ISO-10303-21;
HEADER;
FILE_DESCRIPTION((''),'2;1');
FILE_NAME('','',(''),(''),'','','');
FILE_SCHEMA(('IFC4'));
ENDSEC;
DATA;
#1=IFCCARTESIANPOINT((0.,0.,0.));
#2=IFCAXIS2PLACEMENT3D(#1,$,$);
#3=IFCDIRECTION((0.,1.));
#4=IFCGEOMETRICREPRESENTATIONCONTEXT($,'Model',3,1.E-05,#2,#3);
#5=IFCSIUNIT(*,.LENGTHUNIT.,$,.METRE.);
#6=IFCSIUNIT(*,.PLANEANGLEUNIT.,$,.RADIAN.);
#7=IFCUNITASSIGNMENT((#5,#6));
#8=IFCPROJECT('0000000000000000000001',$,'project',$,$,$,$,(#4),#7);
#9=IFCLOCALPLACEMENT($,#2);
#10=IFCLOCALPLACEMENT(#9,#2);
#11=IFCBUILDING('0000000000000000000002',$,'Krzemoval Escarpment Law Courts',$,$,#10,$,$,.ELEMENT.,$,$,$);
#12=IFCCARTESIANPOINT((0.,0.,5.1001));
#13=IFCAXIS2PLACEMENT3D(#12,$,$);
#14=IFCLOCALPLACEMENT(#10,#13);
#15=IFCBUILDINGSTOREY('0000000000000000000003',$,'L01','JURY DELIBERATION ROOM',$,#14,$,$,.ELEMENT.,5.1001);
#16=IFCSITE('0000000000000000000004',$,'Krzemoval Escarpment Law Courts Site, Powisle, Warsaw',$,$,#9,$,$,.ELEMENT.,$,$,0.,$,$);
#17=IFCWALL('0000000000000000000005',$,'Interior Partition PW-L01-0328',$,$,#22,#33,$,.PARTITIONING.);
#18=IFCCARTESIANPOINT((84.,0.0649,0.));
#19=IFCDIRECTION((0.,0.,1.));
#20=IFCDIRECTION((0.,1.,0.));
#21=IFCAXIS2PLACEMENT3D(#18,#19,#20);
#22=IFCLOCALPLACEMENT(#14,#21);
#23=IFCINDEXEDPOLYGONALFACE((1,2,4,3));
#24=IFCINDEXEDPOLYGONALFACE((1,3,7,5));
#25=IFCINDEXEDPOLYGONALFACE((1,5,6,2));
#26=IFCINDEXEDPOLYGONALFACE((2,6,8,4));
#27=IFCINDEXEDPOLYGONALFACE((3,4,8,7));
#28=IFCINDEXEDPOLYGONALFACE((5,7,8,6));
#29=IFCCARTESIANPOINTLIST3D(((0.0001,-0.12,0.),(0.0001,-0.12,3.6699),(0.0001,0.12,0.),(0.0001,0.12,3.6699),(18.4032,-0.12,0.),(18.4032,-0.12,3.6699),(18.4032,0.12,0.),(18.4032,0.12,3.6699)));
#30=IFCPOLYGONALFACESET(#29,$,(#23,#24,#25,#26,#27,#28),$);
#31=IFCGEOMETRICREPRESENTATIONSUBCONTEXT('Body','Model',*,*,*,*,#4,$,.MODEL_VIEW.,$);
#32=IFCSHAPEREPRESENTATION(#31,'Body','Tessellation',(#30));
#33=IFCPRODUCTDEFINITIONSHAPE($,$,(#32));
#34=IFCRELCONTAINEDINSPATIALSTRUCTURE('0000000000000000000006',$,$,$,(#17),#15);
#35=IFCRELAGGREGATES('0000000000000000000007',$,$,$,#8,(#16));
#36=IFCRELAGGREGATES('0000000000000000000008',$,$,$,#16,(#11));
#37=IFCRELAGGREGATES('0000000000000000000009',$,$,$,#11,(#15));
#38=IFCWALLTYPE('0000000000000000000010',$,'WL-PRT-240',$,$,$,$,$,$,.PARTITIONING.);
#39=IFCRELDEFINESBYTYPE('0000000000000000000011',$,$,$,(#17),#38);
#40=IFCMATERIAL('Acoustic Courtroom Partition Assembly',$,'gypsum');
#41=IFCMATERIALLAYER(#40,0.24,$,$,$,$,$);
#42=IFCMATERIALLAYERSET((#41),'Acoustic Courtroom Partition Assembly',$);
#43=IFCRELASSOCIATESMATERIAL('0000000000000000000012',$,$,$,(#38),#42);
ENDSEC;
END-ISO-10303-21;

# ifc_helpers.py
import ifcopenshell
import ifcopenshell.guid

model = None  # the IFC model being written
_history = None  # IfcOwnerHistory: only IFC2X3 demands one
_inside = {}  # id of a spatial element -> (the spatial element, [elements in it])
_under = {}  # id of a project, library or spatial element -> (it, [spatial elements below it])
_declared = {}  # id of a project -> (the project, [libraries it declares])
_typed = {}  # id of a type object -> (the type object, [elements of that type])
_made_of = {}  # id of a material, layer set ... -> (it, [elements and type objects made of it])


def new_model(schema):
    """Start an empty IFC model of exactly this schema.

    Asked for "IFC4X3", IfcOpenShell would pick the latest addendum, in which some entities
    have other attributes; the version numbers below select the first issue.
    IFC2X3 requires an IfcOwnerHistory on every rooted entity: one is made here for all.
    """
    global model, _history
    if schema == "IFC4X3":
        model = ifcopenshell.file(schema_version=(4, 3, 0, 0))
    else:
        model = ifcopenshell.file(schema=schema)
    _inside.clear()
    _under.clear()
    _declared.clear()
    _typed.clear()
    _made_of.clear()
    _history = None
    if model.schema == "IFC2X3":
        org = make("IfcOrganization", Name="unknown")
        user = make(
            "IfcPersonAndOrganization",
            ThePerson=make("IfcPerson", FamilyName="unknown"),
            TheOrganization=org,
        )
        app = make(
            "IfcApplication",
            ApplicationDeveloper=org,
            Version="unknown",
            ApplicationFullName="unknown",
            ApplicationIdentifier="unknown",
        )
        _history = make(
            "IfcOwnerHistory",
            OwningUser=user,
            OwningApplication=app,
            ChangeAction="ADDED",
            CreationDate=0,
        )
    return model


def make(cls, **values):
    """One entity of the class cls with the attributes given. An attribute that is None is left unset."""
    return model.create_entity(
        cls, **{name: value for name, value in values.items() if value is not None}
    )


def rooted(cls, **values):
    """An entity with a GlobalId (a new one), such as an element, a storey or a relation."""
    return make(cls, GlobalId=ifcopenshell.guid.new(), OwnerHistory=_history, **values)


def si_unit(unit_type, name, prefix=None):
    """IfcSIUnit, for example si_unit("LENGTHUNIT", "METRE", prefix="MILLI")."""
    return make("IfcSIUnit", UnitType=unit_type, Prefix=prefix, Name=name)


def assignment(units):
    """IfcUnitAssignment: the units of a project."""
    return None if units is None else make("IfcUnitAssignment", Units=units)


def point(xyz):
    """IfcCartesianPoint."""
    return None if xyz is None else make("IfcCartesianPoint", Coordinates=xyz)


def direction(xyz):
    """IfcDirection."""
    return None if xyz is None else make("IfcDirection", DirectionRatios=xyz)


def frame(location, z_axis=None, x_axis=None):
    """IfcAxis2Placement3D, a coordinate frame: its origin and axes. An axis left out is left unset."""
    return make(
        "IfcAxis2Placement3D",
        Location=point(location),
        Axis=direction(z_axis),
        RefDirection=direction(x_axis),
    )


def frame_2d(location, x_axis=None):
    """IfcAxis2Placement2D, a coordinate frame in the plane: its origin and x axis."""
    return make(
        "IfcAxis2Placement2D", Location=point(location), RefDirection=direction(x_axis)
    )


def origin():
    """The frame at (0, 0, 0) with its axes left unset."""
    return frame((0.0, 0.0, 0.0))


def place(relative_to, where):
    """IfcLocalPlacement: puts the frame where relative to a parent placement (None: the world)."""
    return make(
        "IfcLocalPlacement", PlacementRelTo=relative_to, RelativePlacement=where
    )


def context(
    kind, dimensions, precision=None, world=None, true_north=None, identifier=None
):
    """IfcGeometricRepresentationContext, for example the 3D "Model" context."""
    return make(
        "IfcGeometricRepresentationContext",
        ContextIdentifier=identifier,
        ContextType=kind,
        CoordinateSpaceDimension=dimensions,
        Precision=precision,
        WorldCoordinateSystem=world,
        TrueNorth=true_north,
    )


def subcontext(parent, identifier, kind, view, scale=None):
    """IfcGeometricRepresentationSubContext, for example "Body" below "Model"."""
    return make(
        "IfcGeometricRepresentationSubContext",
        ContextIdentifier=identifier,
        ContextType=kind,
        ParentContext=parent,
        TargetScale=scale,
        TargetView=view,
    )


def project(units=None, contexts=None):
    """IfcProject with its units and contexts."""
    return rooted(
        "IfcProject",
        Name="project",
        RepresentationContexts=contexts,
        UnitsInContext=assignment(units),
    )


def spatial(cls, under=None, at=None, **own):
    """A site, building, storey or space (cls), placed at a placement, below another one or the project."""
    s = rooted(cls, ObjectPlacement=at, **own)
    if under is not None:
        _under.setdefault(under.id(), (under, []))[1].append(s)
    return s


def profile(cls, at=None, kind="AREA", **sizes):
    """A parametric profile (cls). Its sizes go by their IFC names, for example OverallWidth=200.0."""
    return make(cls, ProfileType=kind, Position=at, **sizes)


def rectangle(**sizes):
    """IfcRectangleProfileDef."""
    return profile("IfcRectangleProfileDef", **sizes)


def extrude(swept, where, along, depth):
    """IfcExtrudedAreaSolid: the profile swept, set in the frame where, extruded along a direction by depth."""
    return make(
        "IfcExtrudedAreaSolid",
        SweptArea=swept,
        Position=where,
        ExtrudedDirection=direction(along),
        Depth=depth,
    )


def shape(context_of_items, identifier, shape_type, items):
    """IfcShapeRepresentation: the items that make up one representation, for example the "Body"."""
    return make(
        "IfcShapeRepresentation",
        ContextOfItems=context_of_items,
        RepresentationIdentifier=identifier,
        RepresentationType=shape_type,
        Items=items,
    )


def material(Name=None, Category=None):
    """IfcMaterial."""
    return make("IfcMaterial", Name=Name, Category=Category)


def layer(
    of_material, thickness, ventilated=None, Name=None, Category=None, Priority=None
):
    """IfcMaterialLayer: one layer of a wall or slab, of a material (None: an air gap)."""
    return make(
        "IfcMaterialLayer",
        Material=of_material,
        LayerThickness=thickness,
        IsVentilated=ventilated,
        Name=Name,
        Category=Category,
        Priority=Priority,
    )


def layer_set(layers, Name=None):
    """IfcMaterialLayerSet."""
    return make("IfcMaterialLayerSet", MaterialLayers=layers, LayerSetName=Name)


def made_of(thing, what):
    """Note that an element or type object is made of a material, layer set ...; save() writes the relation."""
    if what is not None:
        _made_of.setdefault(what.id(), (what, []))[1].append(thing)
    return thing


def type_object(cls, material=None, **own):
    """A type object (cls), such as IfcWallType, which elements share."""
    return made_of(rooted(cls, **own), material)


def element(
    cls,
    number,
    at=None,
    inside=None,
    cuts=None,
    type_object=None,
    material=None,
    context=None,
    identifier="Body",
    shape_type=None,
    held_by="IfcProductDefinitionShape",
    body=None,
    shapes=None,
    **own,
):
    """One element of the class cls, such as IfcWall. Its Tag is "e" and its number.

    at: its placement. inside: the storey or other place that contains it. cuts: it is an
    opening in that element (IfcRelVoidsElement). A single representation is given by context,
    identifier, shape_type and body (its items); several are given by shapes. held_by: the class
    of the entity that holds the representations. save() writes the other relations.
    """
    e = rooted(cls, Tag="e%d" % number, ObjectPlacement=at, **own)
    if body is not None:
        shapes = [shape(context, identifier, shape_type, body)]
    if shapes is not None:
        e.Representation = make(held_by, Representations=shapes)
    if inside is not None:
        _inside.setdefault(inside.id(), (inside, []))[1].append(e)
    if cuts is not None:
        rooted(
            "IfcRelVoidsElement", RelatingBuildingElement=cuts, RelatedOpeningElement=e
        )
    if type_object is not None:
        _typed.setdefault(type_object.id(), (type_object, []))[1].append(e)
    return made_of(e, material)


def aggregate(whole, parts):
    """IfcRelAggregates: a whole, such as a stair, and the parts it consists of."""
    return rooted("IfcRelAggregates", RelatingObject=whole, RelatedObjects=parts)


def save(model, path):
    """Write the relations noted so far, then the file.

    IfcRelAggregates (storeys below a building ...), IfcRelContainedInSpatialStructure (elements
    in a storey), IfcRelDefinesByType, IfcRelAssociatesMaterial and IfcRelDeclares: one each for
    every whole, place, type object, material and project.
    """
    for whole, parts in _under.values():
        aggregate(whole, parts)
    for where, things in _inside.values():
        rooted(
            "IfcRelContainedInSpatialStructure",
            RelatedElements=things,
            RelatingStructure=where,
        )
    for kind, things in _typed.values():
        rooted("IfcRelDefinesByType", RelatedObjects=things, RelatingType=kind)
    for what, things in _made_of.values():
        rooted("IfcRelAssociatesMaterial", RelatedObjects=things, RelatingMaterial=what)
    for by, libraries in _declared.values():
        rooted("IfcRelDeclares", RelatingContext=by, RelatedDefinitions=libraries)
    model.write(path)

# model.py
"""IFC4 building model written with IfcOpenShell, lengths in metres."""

from ifc_helpers import new_model, si_unit, direction, frame, frame_2d, origin, place, context, subcontext, project, spatial, rectangle, extrude, material, layer, layer_set, type_object, element, save


model = new_model("IFC4")

# Units and contexts
model_context = context("Model", 3, precision=1e-05, world=origin(), true_north=direction((0.0, 1.0)))
body_context = subcontext(model_context, "Body", "Model", "MODEL_VIEW")
ifc_project = project(units=[si_unit("LENGTHUNIT", "METRE"), si_unit("PLANEANGLEUNIT", "RADIAN")], contexts=[model_context])

# Site, building, storey
site_placement = place(None, origin())
site = spatial("IfcSite", under=ifc_project, at=site_placement, Name="Krzemoval Escarpment Law Courts Site, Powisle, Warsaw", CompositionType="ELEMENT", RefElevation=0.0)
building_placement = place(site_placement, origin())
building = spatial("IfcBuilding", under=site, at=building_placement, Name="Krzemoval Escarpment Law Courts", CompositionType="ELEMENT")
storey_placement = place(building_placement, frame((0.0, 0.0, 5.1001)))
storey = spatial("IfcBuildingStorey", under=building, at=storey_placement, Name="L01", Description="JURY DELIBERATION ROOM", CompositionType="ELEMENT", Elevation=5.1001)

# Shared definitions
ifc_material_1 = material(Name="Acoustic Courtroom Partition Assembly", Category="gypsum")
ifc_layer_1 = layer(ifc_material_1, 0.24)
ifc_layer_set_1 = layer_set([ifc_layer_1], Name="Acoustic Courtroom Partition Assembly")
wall_type_1 = type_object("IfcWallType", Name="WL-PRT-240", PredefinedType="PARTITIONING", material=ifc_layer_set_1)

# Wall
wall_1_placement = place(storey_placement, frame((84.0, 0.0649, 0.0), z_axis=(0.0, 0.0, 1.0), x_axis=(0.0, 1.0, 0.0)))
element("IfcWall", 1, at=wall_1_placement, inside=storey, type_object=wall_type_1, Name="Interior Partition PW-L01-0328", PredefinedType="PARTITIONING", context=body_context, shape_type="SweptSolid", body=[
    extrude(rectangle(XDim=18.4031, YDim=0.24, at=frame_2d((9.2017, 0.0))), origin(), (0.0, 0.0, 1.0), 3.6699),
])

save(model, "model.ifc")
